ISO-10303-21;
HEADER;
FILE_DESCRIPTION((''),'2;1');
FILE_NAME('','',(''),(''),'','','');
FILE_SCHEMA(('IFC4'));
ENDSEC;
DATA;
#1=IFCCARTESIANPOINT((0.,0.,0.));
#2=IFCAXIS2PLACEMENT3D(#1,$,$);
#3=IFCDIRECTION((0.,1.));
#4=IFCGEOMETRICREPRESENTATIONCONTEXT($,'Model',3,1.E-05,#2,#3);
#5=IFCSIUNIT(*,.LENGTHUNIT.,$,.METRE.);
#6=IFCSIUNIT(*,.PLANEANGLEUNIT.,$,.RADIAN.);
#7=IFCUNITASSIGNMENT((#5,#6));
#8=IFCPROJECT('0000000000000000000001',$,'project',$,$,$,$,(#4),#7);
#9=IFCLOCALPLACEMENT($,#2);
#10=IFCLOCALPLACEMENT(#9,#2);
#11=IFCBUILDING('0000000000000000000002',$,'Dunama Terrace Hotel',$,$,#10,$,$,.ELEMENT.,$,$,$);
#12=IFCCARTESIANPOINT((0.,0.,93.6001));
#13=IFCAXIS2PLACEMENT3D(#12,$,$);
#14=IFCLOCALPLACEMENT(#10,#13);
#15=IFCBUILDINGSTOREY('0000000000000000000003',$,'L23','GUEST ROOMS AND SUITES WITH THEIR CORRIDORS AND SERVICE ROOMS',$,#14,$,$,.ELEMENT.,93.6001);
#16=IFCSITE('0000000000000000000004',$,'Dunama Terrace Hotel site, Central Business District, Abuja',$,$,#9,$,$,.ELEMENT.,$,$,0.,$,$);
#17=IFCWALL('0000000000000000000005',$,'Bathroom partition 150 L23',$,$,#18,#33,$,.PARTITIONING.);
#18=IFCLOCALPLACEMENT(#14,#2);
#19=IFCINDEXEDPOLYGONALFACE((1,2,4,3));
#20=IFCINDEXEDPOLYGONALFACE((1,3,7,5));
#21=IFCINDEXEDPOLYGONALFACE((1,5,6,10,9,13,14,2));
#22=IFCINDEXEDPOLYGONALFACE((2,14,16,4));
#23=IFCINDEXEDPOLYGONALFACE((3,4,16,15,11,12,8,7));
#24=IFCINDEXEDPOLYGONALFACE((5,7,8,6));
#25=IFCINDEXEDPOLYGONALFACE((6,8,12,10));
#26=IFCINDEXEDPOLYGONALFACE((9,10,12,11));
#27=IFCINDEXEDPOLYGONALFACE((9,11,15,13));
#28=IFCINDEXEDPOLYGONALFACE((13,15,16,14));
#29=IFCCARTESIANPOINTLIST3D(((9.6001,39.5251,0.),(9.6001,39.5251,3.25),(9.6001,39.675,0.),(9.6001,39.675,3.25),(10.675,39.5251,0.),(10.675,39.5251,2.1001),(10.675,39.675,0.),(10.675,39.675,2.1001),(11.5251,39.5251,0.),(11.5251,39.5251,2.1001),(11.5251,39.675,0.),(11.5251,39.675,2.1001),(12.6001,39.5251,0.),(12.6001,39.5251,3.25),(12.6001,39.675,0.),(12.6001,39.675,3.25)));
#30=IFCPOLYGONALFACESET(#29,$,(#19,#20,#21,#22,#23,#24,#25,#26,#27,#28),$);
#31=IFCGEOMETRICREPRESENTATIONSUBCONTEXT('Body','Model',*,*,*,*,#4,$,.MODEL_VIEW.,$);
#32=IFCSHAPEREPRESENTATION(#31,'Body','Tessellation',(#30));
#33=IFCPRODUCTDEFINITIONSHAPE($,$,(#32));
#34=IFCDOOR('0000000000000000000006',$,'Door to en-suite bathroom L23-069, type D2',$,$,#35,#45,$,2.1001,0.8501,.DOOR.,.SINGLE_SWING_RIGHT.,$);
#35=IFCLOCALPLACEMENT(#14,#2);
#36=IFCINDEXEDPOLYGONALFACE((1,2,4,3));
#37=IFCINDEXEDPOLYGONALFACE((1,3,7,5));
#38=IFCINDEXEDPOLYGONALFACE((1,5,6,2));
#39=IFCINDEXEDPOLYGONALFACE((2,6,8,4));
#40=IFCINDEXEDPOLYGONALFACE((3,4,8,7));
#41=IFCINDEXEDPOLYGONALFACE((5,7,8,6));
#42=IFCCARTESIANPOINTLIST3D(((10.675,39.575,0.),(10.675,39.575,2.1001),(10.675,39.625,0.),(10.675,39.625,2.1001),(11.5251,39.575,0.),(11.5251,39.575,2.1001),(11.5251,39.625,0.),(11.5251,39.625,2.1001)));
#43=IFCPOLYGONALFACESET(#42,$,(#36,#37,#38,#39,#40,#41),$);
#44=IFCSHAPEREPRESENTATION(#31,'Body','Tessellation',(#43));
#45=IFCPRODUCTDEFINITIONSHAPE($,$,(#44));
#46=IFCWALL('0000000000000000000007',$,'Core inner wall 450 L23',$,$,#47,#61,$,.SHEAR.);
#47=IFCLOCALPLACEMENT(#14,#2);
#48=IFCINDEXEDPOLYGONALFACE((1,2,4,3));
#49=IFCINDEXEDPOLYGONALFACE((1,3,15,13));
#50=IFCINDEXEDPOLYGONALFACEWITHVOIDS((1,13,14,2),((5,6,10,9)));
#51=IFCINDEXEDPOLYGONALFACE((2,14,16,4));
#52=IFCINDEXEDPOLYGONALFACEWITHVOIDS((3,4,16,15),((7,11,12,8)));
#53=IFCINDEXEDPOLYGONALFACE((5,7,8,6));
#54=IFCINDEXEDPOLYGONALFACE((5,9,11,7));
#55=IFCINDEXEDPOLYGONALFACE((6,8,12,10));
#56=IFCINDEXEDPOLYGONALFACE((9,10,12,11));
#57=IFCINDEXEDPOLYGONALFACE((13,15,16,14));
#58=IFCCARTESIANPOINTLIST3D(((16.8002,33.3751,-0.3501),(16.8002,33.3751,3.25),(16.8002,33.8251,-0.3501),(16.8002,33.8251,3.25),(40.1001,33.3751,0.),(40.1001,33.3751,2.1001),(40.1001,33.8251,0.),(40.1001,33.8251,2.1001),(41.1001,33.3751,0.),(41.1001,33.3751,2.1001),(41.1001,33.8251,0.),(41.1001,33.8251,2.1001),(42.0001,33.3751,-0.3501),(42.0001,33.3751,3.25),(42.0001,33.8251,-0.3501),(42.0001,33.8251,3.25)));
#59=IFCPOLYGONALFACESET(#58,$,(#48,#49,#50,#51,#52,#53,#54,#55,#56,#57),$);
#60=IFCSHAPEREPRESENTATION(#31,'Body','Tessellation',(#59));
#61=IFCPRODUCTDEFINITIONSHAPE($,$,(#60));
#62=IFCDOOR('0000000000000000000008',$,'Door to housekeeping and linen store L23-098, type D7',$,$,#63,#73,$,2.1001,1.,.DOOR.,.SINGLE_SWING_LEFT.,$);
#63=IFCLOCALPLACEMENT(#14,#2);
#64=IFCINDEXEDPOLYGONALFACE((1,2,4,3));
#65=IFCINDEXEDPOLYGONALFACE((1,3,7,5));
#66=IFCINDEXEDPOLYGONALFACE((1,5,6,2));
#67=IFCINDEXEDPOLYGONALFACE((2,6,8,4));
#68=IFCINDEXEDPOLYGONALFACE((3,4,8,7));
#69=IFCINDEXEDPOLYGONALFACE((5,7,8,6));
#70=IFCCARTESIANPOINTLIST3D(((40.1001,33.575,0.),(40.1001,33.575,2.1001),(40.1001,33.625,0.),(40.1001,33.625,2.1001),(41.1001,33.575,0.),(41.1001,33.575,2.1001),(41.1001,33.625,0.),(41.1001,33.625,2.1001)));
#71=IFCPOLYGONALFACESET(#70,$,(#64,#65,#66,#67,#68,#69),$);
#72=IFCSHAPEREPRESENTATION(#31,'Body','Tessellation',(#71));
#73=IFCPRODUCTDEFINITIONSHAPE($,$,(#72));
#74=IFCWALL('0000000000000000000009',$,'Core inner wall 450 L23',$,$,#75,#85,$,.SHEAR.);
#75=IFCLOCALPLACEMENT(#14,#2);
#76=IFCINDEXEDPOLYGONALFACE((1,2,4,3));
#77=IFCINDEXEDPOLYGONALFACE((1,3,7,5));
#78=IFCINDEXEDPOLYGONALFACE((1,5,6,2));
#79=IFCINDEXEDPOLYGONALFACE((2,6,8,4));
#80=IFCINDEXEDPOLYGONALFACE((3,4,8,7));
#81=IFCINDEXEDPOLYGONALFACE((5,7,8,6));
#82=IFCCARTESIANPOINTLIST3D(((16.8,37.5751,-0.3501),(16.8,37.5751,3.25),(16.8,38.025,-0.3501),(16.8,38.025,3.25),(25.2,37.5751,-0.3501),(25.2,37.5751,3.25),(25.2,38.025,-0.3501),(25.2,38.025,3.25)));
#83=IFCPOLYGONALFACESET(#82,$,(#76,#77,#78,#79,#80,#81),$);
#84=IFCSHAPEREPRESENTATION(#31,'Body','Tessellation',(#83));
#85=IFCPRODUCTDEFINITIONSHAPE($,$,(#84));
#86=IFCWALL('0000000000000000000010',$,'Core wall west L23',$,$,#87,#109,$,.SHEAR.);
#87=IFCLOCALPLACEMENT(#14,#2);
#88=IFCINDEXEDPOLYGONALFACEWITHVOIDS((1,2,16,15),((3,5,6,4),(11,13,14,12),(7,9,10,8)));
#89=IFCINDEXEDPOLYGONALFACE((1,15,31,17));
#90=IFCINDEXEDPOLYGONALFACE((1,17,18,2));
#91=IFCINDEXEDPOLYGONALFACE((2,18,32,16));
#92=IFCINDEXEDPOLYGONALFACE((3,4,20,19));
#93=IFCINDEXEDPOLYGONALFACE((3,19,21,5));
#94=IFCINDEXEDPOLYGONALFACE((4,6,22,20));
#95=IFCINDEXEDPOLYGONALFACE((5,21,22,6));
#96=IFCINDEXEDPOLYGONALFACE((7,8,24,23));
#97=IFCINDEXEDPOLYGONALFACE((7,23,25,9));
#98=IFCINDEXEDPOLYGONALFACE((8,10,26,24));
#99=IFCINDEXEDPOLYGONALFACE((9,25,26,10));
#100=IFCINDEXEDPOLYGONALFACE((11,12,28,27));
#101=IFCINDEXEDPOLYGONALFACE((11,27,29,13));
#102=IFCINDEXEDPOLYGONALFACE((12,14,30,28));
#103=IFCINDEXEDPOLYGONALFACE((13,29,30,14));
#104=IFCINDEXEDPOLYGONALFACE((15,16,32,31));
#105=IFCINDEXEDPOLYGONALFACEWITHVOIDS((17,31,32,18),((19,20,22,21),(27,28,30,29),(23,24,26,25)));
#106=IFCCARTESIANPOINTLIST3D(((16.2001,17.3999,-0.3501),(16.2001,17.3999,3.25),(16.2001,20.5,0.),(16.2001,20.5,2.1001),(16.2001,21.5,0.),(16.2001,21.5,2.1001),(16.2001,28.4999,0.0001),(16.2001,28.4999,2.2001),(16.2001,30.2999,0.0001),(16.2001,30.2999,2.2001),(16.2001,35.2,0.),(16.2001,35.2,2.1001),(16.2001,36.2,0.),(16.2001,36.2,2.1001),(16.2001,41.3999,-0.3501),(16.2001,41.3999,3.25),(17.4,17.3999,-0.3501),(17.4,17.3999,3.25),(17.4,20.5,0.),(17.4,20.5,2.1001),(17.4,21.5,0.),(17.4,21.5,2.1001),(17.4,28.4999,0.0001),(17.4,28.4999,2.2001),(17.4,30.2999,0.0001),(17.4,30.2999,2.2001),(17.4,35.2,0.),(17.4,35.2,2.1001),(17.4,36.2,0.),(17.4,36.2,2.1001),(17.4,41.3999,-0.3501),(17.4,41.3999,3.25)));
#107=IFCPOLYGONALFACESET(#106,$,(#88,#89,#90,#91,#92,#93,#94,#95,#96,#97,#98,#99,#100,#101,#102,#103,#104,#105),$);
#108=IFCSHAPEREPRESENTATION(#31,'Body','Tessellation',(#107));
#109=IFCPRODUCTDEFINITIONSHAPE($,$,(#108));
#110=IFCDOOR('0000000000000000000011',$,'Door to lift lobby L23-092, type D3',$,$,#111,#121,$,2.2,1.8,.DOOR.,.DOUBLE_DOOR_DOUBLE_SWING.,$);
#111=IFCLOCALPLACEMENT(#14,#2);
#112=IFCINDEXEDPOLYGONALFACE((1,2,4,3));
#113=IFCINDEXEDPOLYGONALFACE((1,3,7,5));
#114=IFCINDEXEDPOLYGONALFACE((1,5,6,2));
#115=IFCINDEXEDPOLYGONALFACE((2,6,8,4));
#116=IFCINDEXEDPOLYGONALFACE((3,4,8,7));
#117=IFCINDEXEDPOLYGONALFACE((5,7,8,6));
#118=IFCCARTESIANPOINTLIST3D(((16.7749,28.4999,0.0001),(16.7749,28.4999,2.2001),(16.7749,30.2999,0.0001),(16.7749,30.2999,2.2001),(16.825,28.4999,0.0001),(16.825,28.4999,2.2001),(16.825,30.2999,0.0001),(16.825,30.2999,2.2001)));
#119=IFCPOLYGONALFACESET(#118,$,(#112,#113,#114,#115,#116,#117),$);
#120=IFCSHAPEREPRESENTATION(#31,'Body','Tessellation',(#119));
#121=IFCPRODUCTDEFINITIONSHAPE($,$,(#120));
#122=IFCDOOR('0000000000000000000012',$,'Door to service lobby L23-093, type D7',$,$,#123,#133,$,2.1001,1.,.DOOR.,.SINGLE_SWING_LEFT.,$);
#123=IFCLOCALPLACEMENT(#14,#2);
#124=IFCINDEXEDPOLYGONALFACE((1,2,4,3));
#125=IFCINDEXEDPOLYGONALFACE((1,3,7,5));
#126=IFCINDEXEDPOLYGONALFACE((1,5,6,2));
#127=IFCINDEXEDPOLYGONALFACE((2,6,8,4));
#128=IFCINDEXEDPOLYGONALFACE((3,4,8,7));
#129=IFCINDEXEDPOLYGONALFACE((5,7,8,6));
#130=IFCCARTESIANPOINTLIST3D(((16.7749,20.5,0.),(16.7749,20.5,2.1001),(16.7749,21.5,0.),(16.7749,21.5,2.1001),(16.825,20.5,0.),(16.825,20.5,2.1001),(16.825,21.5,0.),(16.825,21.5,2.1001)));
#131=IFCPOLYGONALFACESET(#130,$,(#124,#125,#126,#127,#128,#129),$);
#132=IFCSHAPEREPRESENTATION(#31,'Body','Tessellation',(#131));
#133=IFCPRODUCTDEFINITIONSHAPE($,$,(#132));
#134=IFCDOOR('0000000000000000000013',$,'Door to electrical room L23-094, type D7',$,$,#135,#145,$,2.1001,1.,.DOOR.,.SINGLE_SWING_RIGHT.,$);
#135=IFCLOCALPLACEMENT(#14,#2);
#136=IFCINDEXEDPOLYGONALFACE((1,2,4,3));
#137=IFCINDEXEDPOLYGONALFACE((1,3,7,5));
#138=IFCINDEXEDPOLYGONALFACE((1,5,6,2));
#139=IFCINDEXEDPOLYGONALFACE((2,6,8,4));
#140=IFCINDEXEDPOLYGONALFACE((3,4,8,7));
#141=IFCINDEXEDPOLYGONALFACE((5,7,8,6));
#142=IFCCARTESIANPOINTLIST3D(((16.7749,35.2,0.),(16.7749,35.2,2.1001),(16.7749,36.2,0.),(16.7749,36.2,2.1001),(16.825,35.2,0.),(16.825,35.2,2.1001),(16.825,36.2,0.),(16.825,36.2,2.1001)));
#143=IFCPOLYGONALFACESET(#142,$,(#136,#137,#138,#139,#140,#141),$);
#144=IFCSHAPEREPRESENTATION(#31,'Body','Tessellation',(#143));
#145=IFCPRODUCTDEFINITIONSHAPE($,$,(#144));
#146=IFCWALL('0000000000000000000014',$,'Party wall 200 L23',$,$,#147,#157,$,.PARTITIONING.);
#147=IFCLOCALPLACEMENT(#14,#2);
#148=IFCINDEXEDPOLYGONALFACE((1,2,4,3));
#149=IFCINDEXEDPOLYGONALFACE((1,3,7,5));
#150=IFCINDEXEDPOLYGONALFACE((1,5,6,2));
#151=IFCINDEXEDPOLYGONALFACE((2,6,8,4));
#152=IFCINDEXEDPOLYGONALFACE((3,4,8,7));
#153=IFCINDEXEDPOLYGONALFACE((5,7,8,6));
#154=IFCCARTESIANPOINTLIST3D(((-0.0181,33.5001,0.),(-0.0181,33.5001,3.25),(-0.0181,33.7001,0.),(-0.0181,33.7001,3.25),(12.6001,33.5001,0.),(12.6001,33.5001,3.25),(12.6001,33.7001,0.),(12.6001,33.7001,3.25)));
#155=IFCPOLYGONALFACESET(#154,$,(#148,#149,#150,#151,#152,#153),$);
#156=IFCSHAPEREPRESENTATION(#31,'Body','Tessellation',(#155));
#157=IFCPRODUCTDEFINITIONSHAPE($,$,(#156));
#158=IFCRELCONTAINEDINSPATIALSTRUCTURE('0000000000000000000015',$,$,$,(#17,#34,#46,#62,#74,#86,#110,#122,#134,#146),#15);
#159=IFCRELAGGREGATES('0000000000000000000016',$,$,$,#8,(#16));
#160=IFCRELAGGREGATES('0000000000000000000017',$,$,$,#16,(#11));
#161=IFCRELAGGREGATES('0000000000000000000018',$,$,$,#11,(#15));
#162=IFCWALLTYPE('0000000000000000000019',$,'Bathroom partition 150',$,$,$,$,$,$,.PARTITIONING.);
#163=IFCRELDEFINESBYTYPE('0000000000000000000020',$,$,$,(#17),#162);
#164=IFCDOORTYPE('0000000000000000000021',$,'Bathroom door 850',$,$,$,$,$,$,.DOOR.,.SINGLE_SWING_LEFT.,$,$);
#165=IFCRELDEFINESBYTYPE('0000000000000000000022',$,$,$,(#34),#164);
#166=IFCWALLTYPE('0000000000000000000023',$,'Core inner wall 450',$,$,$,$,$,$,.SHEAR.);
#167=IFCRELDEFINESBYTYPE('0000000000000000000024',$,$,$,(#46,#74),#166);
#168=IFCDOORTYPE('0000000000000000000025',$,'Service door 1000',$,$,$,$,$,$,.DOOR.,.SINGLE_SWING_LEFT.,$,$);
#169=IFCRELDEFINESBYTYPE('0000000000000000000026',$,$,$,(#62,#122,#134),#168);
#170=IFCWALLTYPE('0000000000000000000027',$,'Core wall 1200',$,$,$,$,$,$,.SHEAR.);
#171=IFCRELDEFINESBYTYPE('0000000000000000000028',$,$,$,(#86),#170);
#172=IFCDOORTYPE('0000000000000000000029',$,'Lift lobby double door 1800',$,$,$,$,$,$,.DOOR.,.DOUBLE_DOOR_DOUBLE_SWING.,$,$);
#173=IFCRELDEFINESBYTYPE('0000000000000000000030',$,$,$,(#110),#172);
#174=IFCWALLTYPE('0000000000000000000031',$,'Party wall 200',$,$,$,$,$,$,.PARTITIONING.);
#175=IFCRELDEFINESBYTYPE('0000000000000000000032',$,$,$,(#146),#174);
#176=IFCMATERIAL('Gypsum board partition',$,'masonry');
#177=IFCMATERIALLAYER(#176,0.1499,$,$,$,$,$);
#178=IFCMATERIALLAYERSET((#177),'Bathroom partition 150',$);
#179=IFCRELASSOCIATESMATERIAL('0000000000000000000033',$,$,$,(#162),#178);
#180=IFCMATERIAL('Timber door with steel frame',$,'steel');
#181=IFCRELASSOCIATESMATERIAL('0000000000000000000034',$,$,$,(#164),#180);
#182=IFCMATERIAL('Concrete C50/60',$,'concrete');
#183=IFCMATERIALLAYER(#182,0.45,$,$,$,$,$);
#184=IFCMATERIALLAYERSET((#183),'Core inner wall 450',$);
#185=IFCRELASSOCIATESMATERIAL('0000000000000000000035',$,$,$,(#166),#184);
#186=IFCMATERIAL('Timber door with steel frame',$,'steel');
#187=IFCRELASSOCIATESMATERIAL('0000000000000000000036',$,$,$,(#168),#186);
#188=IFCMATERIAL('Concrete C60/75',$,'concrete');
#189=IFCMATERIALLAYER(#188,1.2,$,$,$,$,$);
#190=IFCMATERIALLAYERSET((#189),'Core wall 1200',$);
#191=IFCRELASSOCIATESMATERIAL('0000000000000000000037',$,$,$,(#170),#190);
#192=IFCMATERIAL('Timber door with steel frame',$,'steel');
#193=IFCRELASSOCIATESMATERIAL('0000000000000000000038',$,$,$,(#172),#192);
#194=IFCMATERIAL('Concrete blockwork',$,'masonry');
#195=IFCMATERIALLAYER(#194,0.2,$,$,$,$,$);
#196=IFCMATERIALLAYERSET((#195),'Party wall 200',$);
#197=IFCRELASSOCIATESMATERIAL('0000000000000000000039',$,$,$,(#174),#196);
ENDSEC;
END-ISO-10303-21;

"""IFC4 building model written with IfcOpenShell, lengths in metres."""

from ifc_helpers import new_model, si_unit, direction, frame, frame_2d, origin, place, context, subcontext, project, spatial, rectangle, extrude, material, layer, layer_set, type_object, element, fill, save


model = new_model("IFC4")

# Units and contexts
model_context = context("Model", 3, precision=1e-05, world=origin(), true_north=direction((0.0, 1.0)))
body_context = subcontext(model_context, "Body", "Model", "MODEL_VIEW")
ifc_project = project(units=[si_unit("LENGTHUNIT", "METRE"), si_unit("PLANEANGLEUNIT", "RADIAN")], contexts=[model_context])

# Site, building, storey
site_placement = place(None, origin())
site = spatial("IfcSite", under=ifc_project, at=site_placement, Name="Dunama Terrace Hotel site, Central Business District, Abuja", CompositionType="ELEMENT", RefElevation=0.0)
building_placement = place(site_placement, origin())
building = spatial("IfcBuilding", under=site, at=building_placement, Name="Dunama Terrace Hotel", CompositionType="ELEMENT")
storey_placement = place(building_placement, frame((0.0, 0.0, 93.6001)))
storey = spatial("IfcBuildingStorey", under=building, at=storey_placement, Name="L23", Description="GUEST ROOMS AND SUITES WITH THEIR CORRIDORS AND SERVICE ROOMS", CompositionType="ELEMENT", Elevation=93.6001)

# Walls, openings, doors
ifc_material_1 = material(Name="Gypsum board partition", Category="masonry")
ifc_layer_1 = layer(ifc_material_1, 0.1499)
ifc_layer_set_1 = layer_set([ifc_layer_1], Name="Bathroom partition 150")
wall_type_1 = type_object("IfcWallType", Name="Bathroom partition 150", PredefinedType="PARTITIONING", material=ifc_layer_set_1)
ifc_material_2 = material(Name="Timber door with steel frame", Category="steel")
door_type_1 = type_object("IfcDoorType", Name="Bathroom door 850", OperationType="SINGLE_SWING_LEFT", PredefinedType="DOOR", material=ifc_material_2)
wall_1_placement = place(storey_placement, frame((9.6001, 39.6001, 0.0), z_axis=(0.0, 0.0, 1.0), x_axis=(1.0, 0.0, 0.0)))
wall_1 = element("IfcWall", 1, at=wall_1_placement, inside=storey, type_object=wall_type_1, Name="Bathroom partition 150 L23", PredefinedType="PARTITIONING", context=body_context, shape_type="SweptSolid", body=[
    extrude(rectangle(XDim=3.0, YDim=0.1499, at=frame_2d((1.5, 0.0))), origin(), (0.0, 0.0, 1.0), 3.25),
])
opening_1_placement = place(wall_1_placement, frame((1.075, 0.0, 0.0)))
opening_1 = element("IfcOpeningElement", 2, at=opening_1_placement, cuts=wall_1, PredefinedType="OPENING", context=body_context, shape_type="SweptSolid", body=[
    extrude(rectangle(XDim=0.8501, YDim=2.1001, at=frame_2d((0.425, 1.05))), frame((0.0, 0.085, 0.0), z_axis=(0.0, -1.0, 0.0), x_axis=(1.0, 0.0, 0.0)), (0.0, 0.0, 1.0), 0.1699),
])
door_1_placement = place(opening_1_placement, origin())
door_1 = element("IfcDoor", 3, at=door_1_placement, inside=storey, type_object=door_type_1, Name="Door to en-suite bathroom L23-069, type D2", OperationType="SINGLE_SWING_RIGHT", OverallHeight=2.1001, OverallWidth=0.8501, PredefinedType="DOOR", context=body_context, shape_type="SweptSolid", body=[
    extrude(rectangle(XDim=0.8501, YDim=2.1001, at=frame_2d((0.425, 1.05))), frame((0.0, 0.0249, 0.0), z_axis=(0.0, -1.0, 0.0), x_axis=(1.0, 0.0, 0.0)), (0.0, 0.0, 1.0), 0.05),
])
fill(opening_1, door_1)
ifc_material_3 = material(Name="Concrete C50/60", Category="concrete")
ifc_layer_2 = layer(ifc_material_3, 0.45)
ifc_layer_set_2 = layer_set([ifc_layer_2], Name="Core inner wall 450")
wall_type_2 = type_object("IfcWallType", Name="Core inner wall 450", PredefinedType="SHEAR", material=ifc_layer_set_2)
wall_2_placement = place(storey_placement, frame((16.8, 33.6001, -0.3501), z_axis=(0.0, 0.0, 1.0), x_axis=(1.0, 0.0, 0.0)))
wall_2 = element("IfcWall", 4, at=wall_2_placement, inside=storey, type_object=wall_type_2, Name="Core inner wall 450 L23", PredefinedType="SHEAR", context=body_context, shape_type="SweptSolid", body=[
    extrude(rectangle(XDim=25.2, YDim=0.45, at=frame_2d((12.6001, 0.0))), origin(), (0.0, 0.0, 1.0), 3.6001),
])
opening_2_placement = place(wall_2_placement, frame((23.3, 0.0, 0.3501)))
opening_2 = element("IfcOpeningElement", 5, at=opening_2_placement, cuts=wall_2, PredefinedType="OPENING", context=body_context, shape_type="SweptSolid", body=[
    extrude(rectangle(XDim=1.0, YDim=2.1001, at=frame_2d((0.5, 1.05))), frame((0.0, 0.2349, 0.0), z_axis=(0.0, -1.0, 0.0), x_axis=(1.0, 0.0, 0.0)), (0.0, 0.0, 1.0), 0.47),
])
ifc_material_4 = material(Name="Timber door with steel frame", Category="steel")
door_type_2 = type_object("IfcDoorType", Name="Service door 1000", OperationType="SINGLE_SWING_LEFT", PredefinedType="DOOR", material=ifc_material_4)
door_2_placement = place(opening_2_placement, frame((1.0, 0.0, 0.0), z_axis=(0.0, 0.0, 1.0), x_axis=(-1.0, 0.0, 0.0)))
door_2 = element("IfcDoor", 6, at=door_2_placement, inside=storey, type_object=door_type_2, Name="Door to housekeeping and linen store L23-098, type D7", OperationType="SINGLE_SWING_LEFT", OverallHeight=2.1001, OverallWidth=1.0, PredefinedType="DOOR", context=body_context, shape_type="SweptSolid", body=[
    extrude(rectangle(XDim=1.0, YDim=2.1001, at=frame_2d((0.5, 1.05))), frame((0.0, 0.0251, 0.0), z_axis=(0.0, -1.0, 0.0), x_axis=(1.0, 0.0, 0.0)), (0.0, 0.0, 1.0), 0.05),
])
fill(opening_2, door_2)

# Wall
wall_3_placement = place(storey_placement, frame((16.8, 37.8, -0.3501), z_axis=(0.0, 0.0, 1.0), x_axis=(1.0, 0.0, 0.0)))
element("IfcWall", 7, at=wall_3_placement, inside=storey, type_object=wall_type_2, Name="Core inner wall 450 L23", PredefinedType="SHEAR", context=body_context, shape_type="SweptSolid", body=[
    extrude(rectangle(XDim=8.3999, YDim=0.45, at=frame_2d((4.2, 0.0))), origin(), (0.0, 0.0, 1.0), 3.6001),
])

# Wall, openings, doors
ifc_material_5 = material(Name="Concrete C60/75", Category="concrete")
ifc_layer_3 = layer(ifc_material_5, 1.2)
ifc_layer_set_3 = layer_set([ifc_layer_3], Name="Core wall 1200")
wall_type_3 = type_object("IfcWallType", Name="Core wall 1200", PredefinedType="SHEAR", material=ifc_layer_set_3)
wall_4_placement = place(storey_placement, frame((16.8, 41.3999, -0.3501), z_axis=(0.0, 0.0, 1.0), x_axis=(0.0, -1.0, 0.0)))
wall_4 = element("IfcWall", 8, at=wall_4_placement, inside=storey, type_object=wall_type_3, Name="Core wall west L23", PredefinedType="SHEAR", context=body_context, shape_type="SweptSolid", body=[
    extrude(rectangle(XDim=24.0, YDim=1.2, at=frame_2d((12.0, 0.0))), origin(), (0.0, 0.0, 1.0), 3.6001),
])
opening_3_placement = place(wall_4_placement, frame((11.1001, 0.0, 0.3501)))
opening_3 = element("IfcOpeningElement", 9, at=opening_3_placement, cuts=wall_4, PredefinedType="OPENING", context=body_context, shape_type="SweptSolid", body=[
    extrude(rectangle(XDim=1.8, YDim=2.2, at=frame_2d((0.8999, 1.1001))), frame((0.0, 0.6099, 0.0), z_axis=(0.0, -1.0, 0.0), x_axis=(1.0, 0.0, 0.0)), (0.0, 0.0, 1.0), 1.22),
])
opening_4_placement = place(wall_4_placement, frame((19.8999, 0.0, 0.3501)))
opening_4 = element("IfcOpeningElement", 10, at=opening_4_placement, cuts=wall_4, PredefinedType="OPENING", context=body_context, shape_type="SweptSolid", body=[
    extrude(rectangle(XDim=1.0, YDim=2.1001, at=frame_2d((0.5, 1.05))), frame((0.0, 0.6099, 0.0), z_axis=(0.0, -1.0, 0.0), x_axis=(1.0, 0.0, 0.0)), (0.0, 0.0, 1.0), 1.22),
])
opening_5_placement = place(wall_4_placement, frame((5.2, 0.0, 0.3501)))
opening_5 = element("IfcOpeningElement", 11, at=opening_5_placement, cuts=wall_4, PredefinedType="OPENING", context=body_context, shape_type="SweptSolid", body=[
    extrude(rectangle(XDim=1.0, YDim=2.1001, at=frame_2d((0.5, 1.05))), frame((0.0, 0.6099, 0.0), z_axis=(0.0, -1.0, 0.0), x_axis=(1.0, 0.0, 0.0)), (0.0, 0.0, 1.0), 1.22),
])
ifc_material_6 = material(Name="Timber door with steel frame", Category="steel")
door_type_3 = type_object("IfcDoorType", Name="Lift lobby double door 1800", OperationType="DOUBLE_DOOR_DOUBLE_SWING", PredefinedType="DOOR", material=ifc_material_6)
door_3_placement = place(opening_3_placement, origin())
door_3 = element("IfcDoor", 12, at=door_3_placement, inside=storey, type_object=door_type_3, Name="Door to lift lobby L23-092, type D3", OperationType="DOUBLE_DOOR_DOUBLE_SWING", OverallHeight=2.2, OverallWidth=1.8, PredefinedType="DOOR", context=body_context, shape_type="SweptSolid", body=[
    extrude(rectangle(XDim=1.8, YDim=2.2, at=frame_2d((0.8999, 1.1001))), frame((0.0, 0.0249, 0.0), z_axis=(0.0, -1.0, 0.0), x_axis=(1.0, 0.0, 0.0)), (0.0, 0.0, 1.0), 0.05),
])
fill(opening_3, door_3)
door_4_placement = place(opening_4_placement, origin())
door_4 = element("IfcDoor", 13, at=door_4_placement, inside=storey, type_object=door_type_2, Name="Door to service lobby L23-093, type D7", OperationType="SINGLE_SWING_LEFT", OverallHeight=2.1001, OverallWidth=1.0, PredefinedType="DOOR", context=body_context, shape_type="SweptSolid", body=[
    extrude(rectangle(XDim=1.0, YDim=2.1001, at=frame_2d((0.5, 1.05))), frame((0.0, 0.0249, 0.0), z_axis=(0.0, -1.0, 0.0), x_axis=(1.0, 0.0, 0.0)), (0.0, 0.0, 1.0), 0.05),
])
fill(opening_4, door_4)
door_5_placement = place(opening_5_placement, origin())
door_5 = element("IfcDoor", 14, at=door_5_placement, inside=storey, type_object=door_type_2, Name="Door to electrical room L23-094, type D7", OperationType="SINGLE_SWING_RIGHT", OverallHeight=2.1001, OverallWidth=1.0, PredefinedType="DOOR", context=body_context, shape_type="SweptSolid", body=[
    extrude(rectangle(XDim=1.0, YDim=2.1001, at=frame_2d((0.5, 1.05))), frame((0.0, 0.0249, 0.0), z_axis=(0.0, -1.0, 0.0), x_axis=(1.0, 0.0, 0.0)), (0.0, 0.0, 1.0), 0.05),
])
fill(opening_5, door_5)

# Wall
ifc_material_7 = material(Name="Concrete blockwork", Category="masonry")
ifc_layer_4 = layer(ifc_material_7, 0.2)
ifc_layer_set_4 = layer_set([ifc_layer_4], Name="Party wall 200")
wall_type_4 = type_object("IfcWallType", Name="Party wall 200", PredefinedType="PARTITIONING", material=ifc_layer_set_4)
for number, where, z_axis, x_axis, name in (
    (15, (-0.0181, 33.6001, 0.0), (0.0, 0.0, 1.0), (1.0, 0.0, 0.0), "Party wall 200 L23"),
):
    element("IfcWall", number, at=place(storey_placement, frame(where, z_axis=z_axis, x_axis=x_axis)), inside=storey, type_object=wall_type_4, Name=name, PredefinedType="PARTITIONING", context=body_context, shape_type="SweptSolid", body=[
        extrude(rectangle(XDim=12.6182, YDim=0.2, at=frame_2d((6.3091, 0.0))), origin(), (0.0, 0.0, 1.0), 3.25),
    ])

save(model, "model.ifc")
